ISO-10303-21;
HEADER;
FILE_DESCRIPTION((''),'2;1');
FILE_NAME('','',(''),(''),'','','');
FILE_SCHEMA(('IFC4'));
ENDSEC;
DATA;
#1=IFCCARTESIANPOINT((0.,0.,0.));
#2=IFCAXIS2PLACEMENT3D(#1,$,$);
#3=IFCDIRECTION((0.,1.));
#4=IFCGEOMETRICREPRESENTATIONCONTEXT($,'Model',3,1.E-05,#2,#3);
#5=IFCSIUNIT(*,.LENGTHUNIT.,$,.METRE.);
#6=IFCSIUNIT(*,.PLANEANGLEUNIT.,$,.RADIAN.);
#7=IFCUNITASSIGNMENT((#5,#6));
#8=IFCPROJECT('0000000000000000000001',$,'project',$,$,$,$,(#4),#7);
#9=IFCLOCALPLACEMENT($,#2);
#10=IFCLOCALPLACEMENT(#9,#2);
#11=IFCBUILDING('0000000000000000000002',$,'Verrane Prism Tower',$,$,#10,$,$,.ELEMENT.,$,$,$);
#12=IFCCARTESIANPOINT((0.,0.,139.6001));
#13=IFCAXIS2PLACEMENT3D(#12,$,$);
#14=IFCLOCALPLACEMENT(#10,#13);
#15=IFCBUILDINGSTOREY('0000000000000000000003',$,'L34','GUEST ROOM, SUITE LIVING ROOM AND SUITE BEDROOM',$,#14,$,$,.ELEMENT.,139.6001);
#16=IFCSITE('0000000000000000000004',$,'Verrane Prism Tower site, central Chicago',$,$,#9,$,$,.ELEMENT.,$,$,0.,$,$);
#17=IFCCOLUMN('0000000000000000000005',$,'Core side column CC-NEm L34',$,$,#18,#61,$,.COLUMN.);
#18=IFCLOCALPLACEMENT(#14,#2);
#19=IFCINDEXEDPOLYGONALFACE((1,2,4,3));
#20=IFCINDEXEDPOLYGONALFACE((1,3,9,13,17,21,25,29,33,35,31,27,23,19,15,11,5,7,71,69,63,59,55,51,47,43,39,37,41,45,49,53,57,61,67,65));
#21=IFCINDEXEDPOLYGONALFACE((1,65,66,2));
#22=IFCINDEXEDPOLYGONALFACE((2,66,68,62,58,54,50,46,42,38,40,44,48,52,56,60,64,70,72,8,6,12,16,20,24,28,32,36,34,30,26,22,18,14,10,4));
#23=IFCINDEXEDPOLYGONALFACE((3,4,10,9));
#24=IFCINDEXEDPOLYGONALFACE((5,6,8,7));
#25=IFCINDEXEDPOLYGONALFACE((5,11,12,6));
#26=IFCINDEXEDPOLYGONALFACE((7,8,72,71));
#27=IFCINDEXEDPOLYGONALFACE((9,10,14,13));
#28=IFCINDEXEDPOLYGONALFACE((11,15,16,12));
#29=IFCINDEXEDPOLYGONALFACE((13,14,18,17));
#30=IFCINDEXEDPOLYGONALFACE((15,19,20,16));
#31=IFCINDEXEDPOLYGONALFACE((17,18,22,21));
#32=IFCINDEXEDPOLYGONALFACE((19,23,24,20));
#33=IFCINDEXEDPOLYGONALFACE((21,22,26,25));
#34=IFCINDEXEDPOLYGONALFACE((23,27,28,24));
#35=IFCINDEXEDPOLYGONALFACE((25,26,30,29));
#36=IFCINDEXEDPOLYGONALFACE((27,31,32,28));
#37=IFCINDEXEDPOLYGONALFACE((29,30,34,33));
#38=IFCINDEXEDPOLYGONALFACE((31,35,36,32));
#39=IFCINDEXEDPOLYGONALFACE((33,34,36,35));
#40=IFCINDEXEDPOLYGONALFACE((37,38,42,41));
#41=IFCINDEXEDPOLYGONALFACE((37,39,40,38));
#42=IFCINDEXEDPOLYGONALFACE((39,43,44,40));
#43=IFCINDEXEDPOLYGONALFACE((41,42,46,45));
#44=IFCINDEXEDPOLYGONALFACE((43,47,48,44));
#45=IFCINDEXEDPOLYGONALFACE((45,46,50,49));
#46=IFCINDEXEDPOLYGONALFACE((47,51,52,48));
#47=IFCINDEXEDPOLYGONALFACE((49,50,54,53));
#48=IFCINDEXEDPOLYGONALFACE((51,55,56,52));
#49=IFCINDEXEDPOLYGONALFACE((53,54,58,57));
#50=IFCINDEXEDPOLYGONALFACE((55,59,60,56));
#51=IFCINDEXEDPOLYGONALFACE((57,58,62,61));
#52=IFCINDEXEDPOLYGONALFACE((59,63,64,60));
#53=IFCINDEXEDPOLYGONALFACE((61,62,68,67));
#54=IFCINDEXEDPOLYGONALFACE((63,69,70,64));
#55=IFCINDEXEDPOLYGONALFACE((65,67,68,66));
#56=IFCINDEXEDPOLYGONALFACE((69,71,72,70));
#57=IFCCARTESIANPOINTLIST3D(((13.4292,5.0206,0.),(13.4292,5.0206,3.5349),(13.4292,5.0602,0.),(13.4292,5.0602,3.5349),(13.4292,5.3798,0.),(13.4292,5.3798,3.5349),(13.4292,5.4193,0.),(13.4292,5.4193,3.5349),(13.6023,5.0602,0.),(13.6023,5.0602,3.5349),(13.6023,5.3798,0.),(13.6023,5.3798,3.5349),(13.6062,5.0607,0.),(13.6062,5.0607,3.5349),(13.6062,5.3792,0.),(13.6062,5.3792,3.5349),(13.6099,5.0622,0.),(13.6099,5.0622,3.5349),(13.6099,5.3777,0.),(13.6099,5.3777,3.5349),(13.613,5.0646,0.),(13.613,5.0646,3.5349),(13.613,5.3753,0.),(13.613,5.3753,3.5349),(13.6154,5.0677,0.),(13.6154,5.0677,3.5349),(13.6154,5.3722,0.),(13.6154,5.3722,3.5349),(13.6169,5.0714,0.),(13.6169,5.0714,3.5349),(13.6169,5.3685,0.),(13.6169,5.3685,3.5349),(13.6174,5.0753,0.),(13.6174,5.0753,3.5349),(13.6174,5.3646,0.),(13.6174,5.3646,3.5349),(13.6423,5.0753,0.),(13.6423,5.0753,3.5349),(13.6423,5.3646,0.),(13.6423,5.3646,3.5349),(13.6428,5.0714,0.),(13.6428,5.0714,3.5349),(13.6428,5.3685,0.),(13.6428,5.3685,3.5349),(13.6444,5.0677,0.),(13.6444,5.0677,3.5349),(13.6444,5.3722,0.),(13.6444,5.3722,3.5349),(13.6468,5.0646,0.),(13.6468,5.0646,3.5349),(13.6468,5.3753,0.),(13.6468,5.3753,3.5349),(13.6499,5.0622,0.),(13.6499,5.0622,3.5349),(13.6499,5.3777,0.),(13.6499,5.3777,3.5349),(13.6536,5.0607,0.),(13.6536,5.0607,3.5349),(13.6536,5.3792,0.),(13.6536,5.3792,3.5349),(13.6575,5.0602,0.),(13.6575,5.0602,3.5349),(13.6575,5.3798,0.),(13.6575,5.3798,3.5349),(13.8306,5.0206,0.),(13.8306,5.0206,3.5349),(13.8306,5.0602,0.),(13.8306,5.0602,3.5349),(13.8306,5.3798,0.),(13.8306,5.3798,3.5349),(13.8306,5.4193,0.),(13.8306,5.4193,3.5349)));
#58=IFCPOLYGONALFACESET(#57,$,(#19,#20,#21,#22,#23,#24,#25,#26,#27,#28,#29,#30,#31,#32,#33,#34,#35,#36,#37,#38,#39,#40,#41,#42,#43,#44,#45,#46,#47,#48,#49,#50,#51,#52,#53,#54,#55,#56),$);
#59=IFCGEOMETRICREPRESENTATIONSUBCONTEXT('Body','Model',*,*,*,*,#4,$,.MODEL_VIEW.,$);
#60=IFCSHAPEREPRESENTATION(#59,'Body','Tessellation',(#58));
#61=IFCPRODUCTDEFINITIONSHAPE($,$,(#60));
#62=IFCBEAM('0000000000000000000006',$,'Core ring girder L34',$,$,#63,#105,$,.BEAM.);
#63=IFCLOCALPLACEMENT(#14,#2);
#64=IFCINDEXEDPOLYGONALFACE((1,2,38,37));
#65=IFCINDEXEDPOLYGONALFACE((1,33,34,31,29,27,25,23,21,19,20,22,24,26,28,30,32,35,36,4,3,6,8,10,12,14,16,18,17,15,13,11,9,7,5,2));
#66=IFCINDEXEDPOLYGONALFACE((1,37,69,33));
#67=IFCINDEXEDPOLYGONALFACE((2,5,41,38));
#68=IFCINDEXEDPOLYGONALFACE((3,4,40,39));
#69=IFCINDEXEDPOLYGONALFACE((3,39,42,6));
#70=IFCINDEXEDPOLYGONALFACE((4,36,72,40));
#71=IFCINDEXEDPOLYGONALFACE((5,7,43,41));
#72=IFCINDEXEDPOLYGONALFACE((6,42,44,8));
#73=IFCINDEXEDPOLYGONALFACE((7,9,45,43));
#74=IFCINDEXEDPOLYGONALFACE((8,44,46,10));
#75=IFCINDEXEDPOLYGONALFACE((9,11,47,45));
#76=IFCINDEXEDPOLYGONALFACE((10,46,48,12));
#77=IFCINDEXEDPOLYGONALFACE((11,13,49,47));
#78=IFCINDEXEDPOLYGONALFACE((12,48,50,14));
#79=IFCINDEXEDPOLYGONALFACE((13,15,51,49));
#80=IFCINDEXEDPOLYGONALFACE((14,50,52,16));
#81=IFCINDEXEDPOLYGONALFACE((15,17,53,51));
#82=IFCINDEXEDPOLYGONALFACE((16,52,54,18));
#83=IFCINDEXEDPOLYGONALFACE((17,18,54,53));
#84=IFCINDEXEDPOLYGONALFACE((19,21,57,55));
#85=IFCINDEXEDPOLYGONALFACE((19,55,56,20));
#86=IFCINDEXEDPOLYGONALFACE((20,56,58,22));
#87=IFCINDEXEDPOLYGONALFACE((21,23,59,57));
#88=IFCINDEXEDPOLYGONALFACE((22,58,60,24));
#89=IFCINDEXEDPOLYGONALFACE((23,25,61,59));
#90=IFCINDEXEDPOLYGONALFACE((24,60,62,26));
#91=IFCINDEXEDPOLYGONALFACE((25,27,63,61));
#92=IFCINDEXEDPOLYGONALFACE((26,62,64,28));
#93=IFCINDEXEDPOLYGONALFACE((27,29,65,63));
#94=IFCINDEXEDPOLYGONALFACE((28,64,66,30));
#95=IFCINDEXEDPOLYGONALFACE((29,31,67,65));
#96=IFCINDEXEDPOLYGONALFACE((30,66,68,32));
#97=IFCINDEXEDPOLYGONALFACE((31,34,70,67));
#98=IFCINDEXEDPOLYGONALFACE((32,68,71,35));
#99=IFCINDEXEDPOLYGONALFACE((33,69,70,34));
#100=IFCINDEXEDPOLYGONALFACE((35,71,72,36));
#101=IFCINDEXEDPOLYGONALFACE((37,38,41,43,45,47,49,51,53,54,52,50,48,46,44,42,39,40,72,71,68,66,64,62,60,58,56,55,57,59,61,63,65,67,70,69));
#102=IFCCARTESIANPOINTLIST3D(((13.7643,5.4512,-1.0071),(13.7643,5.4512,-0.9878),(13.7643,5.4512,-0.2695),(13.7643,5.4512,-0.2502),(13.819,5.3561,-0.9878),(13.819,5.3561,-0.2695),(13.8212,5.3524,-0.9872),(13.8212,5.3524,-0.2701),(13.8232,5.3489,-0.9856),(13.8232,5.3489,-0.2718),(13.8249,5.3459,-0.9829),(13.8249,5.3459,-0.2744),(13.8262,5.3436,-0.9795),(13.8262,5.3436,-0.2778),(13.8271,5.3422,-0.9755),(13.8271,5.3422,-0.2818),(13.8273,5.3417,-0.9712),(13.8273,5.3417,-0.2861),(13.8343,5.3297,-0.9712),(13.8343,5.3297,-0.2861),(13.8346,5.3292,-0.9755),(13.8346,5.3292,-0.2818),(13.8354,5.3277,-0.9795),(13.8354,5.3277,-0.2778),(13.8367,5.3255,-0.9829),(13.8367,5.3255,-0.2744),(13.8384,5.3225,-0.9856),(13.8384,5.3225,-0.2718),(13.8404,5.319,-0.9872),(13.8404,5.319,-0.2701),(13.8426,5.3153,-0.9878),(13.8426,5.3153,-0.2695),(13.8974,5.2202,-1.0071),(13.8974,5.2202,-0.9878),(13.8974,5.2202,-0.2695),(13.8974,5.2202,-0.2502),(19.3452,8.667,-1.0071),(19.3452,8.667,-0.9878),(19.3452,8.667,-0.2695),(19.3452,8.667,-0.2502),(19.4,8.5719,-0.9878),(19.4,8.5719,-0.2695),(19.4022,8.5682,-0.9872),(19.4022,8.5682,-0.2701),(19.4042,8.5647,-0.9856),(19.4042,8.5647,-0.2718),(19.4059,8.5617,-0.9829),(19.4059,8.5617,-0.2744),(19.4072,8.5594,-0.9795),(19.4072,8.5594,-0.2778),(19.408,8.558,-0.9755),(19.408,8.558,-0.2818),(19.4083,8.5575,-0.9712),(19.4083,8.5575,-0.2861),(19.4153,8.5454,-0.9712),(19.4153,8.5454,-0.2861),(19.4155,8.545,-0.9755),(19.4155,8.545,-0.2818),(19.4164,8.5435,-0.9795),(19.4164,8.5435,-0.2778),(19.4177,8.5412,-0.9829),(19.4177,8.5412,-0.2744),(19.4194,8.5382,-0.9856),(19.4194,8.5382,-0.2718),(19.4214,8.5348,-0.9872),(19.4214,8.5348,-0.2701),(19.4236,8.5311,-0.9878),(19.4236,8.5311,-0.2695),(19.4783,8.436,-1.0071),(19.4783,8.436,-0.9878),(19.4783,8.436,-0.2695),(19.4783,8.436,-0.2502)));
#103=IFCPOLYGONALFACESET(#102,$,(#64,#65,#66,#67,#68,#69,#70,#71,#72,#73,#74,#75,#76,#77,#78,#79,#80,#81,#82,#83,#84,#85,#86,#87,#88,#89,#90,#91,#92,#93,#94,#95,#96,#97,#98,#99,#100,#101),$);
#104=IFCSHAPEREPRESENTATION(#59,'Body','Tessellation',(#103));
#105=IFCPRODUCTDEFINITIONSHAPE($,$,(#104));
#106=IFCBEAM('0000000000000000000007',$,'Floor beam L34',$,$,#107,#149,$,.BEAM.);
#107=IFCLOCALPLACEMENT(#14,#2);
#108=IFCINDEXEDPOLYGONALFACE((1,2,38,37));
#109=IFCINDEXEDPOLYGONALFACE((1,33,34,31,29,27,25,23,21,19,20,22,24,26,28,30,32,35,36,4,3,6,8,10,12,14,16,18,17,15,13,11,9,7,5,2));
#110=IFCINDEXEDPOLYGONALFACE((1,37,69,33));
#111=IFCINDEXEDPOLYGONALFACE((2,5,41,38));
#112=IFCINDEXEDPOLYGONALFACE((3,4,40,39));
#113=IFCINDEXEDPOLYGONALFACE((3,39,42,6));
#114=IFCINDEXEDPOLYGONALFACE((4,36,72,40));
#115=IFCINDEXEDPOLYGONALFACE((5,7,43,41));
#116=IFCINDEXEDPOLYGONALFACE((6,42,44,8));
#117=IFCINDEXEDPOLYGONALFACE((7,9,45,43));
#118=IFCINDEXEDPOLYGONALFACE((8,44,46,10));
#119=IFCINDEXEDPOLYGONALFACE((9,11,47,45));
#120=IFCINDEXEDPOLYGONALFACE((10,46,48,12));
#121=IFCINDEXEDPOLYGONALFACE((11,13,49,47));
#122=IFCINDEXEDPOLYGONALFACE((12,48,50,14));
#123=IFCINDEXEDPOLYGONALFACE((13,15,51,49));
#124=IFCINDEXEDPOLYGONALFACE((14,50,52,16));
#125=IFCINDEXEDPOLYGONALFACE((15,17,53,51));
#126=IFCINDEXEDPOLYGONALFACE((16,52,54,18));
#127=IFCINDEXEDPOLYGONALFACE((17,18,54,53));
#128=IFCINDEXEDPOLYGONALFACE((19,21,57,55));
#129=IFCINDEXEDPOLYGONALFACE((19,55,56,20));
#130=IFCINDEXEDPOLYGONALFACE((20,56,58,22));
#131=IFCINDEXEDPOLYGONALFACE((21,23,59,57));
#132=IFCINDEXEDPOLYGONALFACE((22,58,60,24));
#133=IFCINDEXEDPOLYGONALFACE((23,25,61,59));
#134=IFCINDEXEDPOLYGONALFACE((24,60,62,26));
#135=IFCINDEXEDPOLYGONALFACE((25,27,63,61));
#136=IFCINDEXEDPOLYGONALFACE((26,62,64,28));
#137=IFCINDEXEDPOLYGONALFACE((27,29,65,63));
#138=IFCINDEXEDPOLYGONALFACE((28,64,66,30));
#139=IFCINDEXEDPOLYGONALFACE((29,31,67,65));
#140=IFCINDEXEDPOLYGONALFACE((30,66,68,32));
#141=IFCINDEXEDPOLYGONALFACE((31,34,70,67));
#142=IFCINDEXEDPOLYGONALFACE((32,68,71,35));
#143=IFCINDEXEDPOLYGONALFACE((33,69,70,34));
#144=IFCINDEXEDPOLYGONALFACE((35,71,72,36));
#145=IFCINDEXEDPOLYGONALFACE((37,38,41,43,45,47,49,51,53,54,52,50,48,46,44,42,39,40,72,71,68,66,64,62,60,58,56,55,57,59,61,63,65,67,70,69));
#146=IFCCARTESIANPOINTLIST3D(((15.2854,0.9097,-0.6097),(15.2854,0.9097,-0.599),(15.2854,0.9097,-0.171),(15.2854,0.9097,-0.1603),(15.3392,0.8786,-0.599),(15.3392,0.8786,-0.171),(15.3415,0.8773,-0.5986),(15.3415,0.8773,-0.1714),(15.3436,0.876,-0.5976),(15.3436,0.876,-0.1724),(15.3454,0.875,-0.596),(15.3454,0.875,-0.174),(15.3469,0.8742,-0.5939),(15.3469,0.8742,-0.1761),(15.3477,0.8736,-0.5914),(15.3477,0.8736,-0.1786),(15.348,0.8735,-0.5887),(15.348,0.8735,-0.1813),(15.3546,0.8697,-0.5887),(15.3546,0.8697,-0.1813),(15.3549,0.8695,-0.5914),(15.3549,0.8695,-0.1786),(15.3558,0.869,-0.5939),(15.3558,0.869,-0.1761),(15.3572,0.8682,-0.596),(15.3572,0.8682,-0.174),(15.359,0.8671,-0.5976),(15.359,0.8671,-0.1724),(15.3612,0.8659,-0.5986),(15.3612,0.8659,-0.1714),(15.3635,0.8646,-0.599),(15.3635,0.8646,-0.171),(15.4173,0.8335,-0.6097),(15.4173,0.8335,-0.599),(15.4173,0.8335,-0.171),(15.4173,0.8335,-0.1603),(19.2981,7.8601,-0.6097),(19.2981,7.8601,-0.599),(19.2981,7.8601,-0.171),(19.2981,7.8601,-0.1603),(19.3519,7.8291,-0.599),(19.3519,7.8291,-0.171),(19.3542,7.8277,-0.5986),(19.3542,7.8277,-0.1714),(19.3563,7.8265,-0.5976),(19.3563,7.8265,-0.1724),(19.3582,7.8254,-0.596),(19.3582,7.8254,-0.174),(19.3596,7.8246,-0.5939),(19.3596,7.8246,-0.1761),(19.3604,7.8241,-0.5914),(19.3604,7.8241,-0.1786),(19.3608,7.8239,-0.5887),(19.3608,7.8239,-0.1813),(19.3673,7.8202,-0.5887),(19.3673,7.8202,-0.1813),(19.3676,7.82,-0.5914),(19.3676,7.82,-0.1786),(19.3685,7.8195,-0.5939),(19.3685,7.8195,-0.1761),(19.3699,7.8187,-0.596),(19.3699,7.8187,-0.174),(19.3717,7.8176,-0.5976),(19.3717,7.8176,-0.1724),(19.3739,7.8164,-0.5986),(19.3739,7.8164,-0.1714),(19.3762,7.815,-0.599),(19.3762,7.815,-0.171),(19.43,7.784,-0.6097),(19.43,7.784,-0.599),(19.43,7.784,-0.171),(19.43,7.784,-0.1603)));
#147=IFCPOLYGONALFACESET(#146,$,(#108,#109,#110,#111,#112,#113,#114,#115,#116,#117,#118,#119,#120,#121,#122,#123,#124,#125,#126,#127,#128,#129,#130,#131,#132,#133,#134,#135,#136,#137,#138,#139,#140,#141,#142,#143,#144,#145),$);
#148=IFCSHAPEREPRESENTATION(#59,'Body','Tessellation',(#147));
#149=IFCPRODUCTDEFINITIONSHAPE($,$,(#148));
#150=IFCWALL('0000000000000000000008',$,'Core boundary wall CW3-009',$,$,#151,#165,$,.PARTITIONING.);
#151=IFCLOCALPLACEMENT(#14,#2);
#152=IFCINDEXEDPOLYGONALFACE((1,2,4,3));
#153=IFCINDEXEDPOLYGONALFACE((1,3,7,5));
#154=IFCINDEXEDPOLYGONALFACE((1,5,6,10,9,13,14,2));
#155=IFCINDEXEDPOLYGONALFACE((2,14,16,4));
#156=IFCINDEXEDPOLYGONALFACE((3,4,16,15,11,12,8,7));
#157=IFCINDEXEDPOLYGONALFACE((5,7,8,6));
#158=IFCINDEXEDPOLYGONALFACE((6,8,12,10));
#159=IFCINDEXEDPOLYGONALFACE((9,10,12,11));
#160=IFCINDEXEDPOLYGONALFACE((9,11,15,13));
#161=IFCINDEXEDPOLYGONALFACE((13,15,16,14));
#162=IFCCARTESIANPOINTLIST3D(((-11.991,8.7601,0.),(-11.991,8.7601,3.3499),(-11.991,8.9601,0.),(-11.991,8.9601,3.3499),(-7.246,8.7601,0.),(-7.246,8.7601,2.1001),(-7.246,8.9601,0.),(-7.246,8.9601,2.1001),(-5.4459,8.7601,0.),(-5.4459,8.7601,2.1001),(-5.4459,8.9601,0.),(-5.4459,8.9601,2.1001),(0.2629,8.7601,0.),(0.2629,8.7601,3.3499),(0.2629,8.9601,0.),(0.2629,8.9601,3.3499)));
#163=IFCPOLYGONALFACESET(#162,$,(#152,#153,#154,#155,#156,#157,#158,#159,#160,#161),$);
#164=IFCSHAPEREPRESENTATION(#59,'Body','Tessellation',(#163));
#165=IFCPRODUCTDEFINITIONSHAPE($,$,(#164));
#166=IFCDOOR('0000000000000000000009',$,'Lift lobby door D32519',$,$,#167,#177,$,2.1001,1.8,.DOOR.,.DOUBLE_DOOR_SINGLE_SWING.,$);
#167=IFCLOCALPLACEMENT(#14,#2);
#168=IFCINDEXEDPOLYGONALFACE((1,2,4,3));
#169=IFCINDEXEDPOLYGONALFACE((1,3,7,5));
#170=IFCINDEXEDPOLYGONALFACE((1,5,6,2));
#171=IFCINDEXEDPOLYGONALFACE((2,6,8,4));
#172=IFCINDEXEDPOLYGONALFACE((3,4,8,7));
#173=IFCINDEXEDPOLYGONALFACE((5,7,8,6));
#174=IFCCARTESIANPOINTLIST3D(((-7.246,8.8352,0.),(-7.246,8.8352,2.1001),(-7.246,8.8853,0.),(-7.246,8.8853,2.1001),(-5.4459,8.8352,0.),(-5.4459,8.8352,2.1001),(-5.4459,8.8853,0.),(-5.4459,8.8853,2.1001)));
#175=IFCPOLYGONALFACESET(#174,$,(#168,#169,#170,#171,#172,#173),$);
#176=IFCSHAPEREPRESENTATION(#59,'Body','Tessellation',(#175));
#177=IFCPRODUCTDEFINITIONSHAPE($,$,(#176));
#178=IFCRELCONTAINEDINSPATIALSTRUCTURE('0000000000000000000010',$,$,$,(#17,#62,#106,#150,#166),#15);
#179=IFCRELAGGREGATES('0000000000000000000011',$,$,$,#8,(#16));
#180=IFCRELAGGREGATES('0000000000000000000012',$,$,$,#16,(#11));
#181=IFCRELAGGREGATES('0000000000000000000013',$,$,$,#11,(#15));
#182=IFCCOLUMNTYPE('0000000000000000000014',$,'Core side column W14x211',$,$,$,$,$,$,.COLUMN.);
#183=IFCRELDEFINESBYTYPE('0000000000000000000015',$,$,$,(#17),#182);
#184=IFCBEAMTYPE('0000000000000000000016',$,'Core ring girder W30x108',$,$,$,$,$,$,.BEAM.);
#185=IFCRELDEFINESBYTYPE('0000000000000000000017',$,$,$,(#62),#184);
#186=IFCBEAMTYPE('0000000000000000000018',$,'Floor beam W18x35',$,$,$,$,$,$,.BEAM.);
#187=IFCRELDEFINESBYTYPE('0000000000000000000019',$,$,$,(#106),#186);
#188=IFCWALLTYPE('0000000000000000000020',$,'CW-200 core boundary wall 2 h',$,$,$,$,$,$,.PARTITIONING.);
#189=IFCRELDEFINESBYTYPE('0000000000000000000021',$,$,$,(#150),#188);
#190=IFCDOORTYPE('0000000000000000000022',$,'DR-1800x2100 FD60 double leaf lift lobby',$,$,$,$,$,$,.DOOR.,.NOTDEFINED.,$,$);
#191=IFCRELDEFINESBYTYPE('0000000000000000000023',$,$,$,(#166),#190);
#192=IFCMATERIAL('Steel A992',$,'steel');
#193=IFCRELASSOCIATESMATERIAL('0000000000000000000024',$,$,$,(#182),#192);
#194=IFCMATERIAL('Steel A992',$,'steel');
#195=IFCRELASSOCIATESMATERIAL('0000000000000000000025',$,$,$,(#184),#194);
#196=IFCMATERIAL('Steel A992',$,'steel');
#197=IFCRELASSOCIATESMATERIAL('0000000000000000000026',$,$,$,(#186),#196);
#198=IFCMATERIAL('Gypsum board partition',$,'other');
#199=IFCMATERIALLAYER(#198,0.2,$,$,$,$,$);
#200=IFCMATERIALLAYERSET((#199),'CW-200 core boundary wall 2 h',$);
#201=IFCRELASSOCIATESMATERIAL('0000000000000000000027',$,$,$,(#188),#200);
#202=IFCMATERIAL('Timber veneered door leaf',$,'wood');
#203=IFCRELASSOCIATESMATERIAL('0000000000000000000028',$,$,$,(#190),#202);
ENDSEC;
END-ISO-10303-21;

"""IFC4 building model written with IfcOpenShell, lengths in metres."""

from ifc_helpers import new_model, si_unit, direction, frame, frame_2d, origin, origin_2d, place, context, subcontext, project, spatial, rectangle, i_section, extrude, material, layer, layer_set, material_profile, profile_set, type_object, element, fill, save


model = new_model("IFC4")

# Units and contexts
model_context = context("Model", 3, precision=1e-05, world=origin(), true_north=direction((0.0, 1.0)))
body_context = subcontext(model_context, "Body", "Model", "MODEL_VIEW")
ifc_project = project(units=[si_unit("LENGTHUNIT", "METRE"), si_unit("PLANEANGLEUNIT", "RADIAN")], contexts=[model_context])

# Site, building, storey
site_placement = place(None, origin())
site = spatial("IfcSite", under=ifc_project, at=site_placement, Name="Verrane Prism Tower site, central Chicago", CompositionType="ELEMENT", RefElevation=0.0)
building_placement = place(site_placement, origin())
building = spatial("IfcBuilding", under=site, at=building_placement, Name="Verrane Prism Tower", CompositionType="ELEMENT")
storey_placement = place(building_placement, frame((0.0, 0.0, 139.6001)))
storey = spatial("IfcBuildingStorey", under=building, at=storey_placement, Name="L34", Description="GUEST ROOM, SUITE LIVING ROOM AND SUITE BEDROOM", CompositionType="ELEMENT", Elevation=139.6001)

# Column
ifc_material_1 = material(Name="Steel A992", Category="steel")
ifc_material_profile_1 = material_profile(ifc_material_1, i_section(OverallWidth=0.4014, OverallDepth=0.3987, WebThickness=0.0249, FlangeThickness=0.0396, FilletRadius=0.0151, at=origin_2d()), Name="W14x211")
ifc_profile_set_1 = profile_set([ifc_material_profile_1], Name="Steel A992")
column_type = type_object("IfcColumnType", Name="Core side column W14x211", PredefinedType="COLUMN", material=ifc_profile_set_1)
column_placement = place(storey_placement, frame((13.6299, 5.22, 0.0), z_axis=(0.0, 0.0, 1.0), x_axis=(1.0, 0.0, 0.0)))
element("IfcColumn", 1, at=column_placement, inside=storey, type_object=column_type, Name="Core side column CC-NEm L34", PredefinedType="COLUMN", context=body_context, shape_type="SweptSolid", body=[
    extrude(i_section(OverallWidth=0.4014, OverallDepth=0.3987, WebThickness=0.0249, FlangeThickness=0.0396, FilletRadius=0.0151, at=origin_2d()), origin(), (0.0, 0.0, 1.0), 3.5349),
])

# Beams
ifc_material_2 = material(Name="Steel A992", Category="steel")
ifc_material_profile_2 = material_profile(ifc_material_2, i_section(OverallWidth=0.2666, OverallDepth=0.7568, WebThickness=0.0139, FlangeThickness=0.0193, FilletRadius=0.0166, at=origin_2d()), Name="W30x108")
ifc_profile_set_2 = profile_set([ifc_material_profile_2], Name="Steel A992")
beam_type_1 = type_object("IfcBeamType", Name="Core ring girder W30x108", PredefinedType="BEAM", material=ifc_profile_set_2)
beam_1_placement = place(storey_placement, frame((13.8308, 5.3357, -0.6287), z_axis=(0.866456, 0.499254, 0.0), x_axis=(-0.499254, 0.866456, 0.0)))
element("IfcBeam", 2, at=beam_1_placement, inside=storey, type_object=beam_type_1, Name="Core ring girder L34", PredefinedType="BEAM", context=body_context, shape_type="SweptSolid", body=[
    extrude(i_section(OverallWidth=0.2666, OverallDepth=0.7568, WebThickness=0.0139, FlangeThickness=0.0193, FilletRadius=0.0166, at=origin_2d()), origin(), (0.0, 0.0, 1.0), 6.4412),
])
ifc_material_3 = material(Name="Steel A992", Category="steel")
ifc_material_profile_3 = material_profile(ifc_material_3, i_section(OverallWidth=0.1523, OverallDepth=0.4495, WebThickness=0.0076, FlangeThickness=0.0107, FilletRadius=0.0103, at=origin_2d()), Name="W18x35")
ifc_profile_set_3 = profile_set([ifc_material_profile_3], Name="Steel A992")
beam_type_2 = type_object("IfcBeamType", Name="Floor beam W18x35", PredefinedType="BEAM", material=ifc_profile_set_3)
beam_2_placement = place(storey_placement, frame((15.3513, 0.8716, -0.385), z_axis=(0.499987, 0.866033, 0.0), x_axis=(-0.866033, 0.499987, 0.0)))
element("IfcBeam", 3, at=beam_2_placement, inside=storey, type_object=beam_type_2, Name="Floor beam L34", PredefinedType="BEAM", context=body_context, shape_type="SweptSolid", body=[
    extrude(i_section(OverallWidth=0.1523, OverallDepth=0.4495, WebThickness=0.0076, FlangeThickness=0.0107, FilletRadius=0.0103, at=origin_2d()), origin(), (0.0, 0.0, 1.0), 8.0256),
])

# Wall, opening, door
ifc_material_4 = material(Name="Gypsum board partition", Category="other")
ifc_layer_1 = layer(ifc_material_4, 0.2)
ifc_layer_set_1 = layer_set([ifc_layer_1], Name="CW-200 core boundary wall 2 h")
wall_type_1 = type_object("IfcWallType", Name="CW-200 core boundary wall 2 h", PredefinedType="PARTITIONING", material=ifc_layer_set_1)
wall_1_placement = place(storey_placement, frame((0.2629, 8.8601, 0.0), z_axis=(0.0, 0.0, 1.0), x_axis=(-1.0, 0.0, 0.0)))
wall_1 = element("IfcWall", 4, at=wall_1_placement, inside=storey, type_object=wall_type_1, Name="Core boundary wall CW3-009", PredefinedType="PARTITIONING", context=body_context, shape_type="SweptSolid", body=[
    extrude(rectangle(XDim=12.2539, YDim=0.2, at=frame_2d((6.127, 0.0))), origin(), (0.0, 0.0, 1.0), 3.3499),
])
opening_1_placement = place(wall_1_placement, frame((5.709, 0.0, 0.0)))
opening_1 = element("IfcOpeningElement", 5, at=opening_1_placement, cuts=wall_1, PredefinedType="OPENING", context=body_context, shape_type="SweptSolid", body=[
    extrude(rectangle(XDim=1.8, YDim=2.1001, at=frame_2d((0.8999, 1.05))), frame((0.0, 0.1099, 0.0), z_axis=(0.0, -1.0, 0.0), x_axis=(1.0, 0.0, 0.0)), (0.0, 0.0, 1.0), 0.22),
])
ifc_material_5 = material(Name="Timber veneered door leaf", Category="wood")
door_type_1 = type_object("IfcDoorType", Name="DR-1800x2100 FD60 double leaf lift lobby", OperationType="NOTDEFINED", PredefinedType="DOOR", material=ifc_material_5)
door_1_placement = place(opening_1_placement, origin())
door_1 = element("IfcDoor", 6, at=door_1_placement, inside=storey, type_object=door_type_1, Name="Lift lobby door D32519", OperationType="DOUBLE_DOOR_SINGLE_SWING", OverallHeight=2.1001, OverallWidth=1.8, PredefinedType="DOOR", context=body_context, shape_type="SweptSolid", body=[
    extrude(rectangle(XDim=1.8, YDim=2.1001, at=frame_2d((0.8999, 1.05))), frame((0.0, 0.0249, 0.0), z_axis=(0.0, -1.0, 0.0), x_axis=(1.0, 0.0, 0.0)), (0.0, 0.0, 1.0), 0.05),
])
fill(opening_1, door_1)

save(model, "model.ifc")
